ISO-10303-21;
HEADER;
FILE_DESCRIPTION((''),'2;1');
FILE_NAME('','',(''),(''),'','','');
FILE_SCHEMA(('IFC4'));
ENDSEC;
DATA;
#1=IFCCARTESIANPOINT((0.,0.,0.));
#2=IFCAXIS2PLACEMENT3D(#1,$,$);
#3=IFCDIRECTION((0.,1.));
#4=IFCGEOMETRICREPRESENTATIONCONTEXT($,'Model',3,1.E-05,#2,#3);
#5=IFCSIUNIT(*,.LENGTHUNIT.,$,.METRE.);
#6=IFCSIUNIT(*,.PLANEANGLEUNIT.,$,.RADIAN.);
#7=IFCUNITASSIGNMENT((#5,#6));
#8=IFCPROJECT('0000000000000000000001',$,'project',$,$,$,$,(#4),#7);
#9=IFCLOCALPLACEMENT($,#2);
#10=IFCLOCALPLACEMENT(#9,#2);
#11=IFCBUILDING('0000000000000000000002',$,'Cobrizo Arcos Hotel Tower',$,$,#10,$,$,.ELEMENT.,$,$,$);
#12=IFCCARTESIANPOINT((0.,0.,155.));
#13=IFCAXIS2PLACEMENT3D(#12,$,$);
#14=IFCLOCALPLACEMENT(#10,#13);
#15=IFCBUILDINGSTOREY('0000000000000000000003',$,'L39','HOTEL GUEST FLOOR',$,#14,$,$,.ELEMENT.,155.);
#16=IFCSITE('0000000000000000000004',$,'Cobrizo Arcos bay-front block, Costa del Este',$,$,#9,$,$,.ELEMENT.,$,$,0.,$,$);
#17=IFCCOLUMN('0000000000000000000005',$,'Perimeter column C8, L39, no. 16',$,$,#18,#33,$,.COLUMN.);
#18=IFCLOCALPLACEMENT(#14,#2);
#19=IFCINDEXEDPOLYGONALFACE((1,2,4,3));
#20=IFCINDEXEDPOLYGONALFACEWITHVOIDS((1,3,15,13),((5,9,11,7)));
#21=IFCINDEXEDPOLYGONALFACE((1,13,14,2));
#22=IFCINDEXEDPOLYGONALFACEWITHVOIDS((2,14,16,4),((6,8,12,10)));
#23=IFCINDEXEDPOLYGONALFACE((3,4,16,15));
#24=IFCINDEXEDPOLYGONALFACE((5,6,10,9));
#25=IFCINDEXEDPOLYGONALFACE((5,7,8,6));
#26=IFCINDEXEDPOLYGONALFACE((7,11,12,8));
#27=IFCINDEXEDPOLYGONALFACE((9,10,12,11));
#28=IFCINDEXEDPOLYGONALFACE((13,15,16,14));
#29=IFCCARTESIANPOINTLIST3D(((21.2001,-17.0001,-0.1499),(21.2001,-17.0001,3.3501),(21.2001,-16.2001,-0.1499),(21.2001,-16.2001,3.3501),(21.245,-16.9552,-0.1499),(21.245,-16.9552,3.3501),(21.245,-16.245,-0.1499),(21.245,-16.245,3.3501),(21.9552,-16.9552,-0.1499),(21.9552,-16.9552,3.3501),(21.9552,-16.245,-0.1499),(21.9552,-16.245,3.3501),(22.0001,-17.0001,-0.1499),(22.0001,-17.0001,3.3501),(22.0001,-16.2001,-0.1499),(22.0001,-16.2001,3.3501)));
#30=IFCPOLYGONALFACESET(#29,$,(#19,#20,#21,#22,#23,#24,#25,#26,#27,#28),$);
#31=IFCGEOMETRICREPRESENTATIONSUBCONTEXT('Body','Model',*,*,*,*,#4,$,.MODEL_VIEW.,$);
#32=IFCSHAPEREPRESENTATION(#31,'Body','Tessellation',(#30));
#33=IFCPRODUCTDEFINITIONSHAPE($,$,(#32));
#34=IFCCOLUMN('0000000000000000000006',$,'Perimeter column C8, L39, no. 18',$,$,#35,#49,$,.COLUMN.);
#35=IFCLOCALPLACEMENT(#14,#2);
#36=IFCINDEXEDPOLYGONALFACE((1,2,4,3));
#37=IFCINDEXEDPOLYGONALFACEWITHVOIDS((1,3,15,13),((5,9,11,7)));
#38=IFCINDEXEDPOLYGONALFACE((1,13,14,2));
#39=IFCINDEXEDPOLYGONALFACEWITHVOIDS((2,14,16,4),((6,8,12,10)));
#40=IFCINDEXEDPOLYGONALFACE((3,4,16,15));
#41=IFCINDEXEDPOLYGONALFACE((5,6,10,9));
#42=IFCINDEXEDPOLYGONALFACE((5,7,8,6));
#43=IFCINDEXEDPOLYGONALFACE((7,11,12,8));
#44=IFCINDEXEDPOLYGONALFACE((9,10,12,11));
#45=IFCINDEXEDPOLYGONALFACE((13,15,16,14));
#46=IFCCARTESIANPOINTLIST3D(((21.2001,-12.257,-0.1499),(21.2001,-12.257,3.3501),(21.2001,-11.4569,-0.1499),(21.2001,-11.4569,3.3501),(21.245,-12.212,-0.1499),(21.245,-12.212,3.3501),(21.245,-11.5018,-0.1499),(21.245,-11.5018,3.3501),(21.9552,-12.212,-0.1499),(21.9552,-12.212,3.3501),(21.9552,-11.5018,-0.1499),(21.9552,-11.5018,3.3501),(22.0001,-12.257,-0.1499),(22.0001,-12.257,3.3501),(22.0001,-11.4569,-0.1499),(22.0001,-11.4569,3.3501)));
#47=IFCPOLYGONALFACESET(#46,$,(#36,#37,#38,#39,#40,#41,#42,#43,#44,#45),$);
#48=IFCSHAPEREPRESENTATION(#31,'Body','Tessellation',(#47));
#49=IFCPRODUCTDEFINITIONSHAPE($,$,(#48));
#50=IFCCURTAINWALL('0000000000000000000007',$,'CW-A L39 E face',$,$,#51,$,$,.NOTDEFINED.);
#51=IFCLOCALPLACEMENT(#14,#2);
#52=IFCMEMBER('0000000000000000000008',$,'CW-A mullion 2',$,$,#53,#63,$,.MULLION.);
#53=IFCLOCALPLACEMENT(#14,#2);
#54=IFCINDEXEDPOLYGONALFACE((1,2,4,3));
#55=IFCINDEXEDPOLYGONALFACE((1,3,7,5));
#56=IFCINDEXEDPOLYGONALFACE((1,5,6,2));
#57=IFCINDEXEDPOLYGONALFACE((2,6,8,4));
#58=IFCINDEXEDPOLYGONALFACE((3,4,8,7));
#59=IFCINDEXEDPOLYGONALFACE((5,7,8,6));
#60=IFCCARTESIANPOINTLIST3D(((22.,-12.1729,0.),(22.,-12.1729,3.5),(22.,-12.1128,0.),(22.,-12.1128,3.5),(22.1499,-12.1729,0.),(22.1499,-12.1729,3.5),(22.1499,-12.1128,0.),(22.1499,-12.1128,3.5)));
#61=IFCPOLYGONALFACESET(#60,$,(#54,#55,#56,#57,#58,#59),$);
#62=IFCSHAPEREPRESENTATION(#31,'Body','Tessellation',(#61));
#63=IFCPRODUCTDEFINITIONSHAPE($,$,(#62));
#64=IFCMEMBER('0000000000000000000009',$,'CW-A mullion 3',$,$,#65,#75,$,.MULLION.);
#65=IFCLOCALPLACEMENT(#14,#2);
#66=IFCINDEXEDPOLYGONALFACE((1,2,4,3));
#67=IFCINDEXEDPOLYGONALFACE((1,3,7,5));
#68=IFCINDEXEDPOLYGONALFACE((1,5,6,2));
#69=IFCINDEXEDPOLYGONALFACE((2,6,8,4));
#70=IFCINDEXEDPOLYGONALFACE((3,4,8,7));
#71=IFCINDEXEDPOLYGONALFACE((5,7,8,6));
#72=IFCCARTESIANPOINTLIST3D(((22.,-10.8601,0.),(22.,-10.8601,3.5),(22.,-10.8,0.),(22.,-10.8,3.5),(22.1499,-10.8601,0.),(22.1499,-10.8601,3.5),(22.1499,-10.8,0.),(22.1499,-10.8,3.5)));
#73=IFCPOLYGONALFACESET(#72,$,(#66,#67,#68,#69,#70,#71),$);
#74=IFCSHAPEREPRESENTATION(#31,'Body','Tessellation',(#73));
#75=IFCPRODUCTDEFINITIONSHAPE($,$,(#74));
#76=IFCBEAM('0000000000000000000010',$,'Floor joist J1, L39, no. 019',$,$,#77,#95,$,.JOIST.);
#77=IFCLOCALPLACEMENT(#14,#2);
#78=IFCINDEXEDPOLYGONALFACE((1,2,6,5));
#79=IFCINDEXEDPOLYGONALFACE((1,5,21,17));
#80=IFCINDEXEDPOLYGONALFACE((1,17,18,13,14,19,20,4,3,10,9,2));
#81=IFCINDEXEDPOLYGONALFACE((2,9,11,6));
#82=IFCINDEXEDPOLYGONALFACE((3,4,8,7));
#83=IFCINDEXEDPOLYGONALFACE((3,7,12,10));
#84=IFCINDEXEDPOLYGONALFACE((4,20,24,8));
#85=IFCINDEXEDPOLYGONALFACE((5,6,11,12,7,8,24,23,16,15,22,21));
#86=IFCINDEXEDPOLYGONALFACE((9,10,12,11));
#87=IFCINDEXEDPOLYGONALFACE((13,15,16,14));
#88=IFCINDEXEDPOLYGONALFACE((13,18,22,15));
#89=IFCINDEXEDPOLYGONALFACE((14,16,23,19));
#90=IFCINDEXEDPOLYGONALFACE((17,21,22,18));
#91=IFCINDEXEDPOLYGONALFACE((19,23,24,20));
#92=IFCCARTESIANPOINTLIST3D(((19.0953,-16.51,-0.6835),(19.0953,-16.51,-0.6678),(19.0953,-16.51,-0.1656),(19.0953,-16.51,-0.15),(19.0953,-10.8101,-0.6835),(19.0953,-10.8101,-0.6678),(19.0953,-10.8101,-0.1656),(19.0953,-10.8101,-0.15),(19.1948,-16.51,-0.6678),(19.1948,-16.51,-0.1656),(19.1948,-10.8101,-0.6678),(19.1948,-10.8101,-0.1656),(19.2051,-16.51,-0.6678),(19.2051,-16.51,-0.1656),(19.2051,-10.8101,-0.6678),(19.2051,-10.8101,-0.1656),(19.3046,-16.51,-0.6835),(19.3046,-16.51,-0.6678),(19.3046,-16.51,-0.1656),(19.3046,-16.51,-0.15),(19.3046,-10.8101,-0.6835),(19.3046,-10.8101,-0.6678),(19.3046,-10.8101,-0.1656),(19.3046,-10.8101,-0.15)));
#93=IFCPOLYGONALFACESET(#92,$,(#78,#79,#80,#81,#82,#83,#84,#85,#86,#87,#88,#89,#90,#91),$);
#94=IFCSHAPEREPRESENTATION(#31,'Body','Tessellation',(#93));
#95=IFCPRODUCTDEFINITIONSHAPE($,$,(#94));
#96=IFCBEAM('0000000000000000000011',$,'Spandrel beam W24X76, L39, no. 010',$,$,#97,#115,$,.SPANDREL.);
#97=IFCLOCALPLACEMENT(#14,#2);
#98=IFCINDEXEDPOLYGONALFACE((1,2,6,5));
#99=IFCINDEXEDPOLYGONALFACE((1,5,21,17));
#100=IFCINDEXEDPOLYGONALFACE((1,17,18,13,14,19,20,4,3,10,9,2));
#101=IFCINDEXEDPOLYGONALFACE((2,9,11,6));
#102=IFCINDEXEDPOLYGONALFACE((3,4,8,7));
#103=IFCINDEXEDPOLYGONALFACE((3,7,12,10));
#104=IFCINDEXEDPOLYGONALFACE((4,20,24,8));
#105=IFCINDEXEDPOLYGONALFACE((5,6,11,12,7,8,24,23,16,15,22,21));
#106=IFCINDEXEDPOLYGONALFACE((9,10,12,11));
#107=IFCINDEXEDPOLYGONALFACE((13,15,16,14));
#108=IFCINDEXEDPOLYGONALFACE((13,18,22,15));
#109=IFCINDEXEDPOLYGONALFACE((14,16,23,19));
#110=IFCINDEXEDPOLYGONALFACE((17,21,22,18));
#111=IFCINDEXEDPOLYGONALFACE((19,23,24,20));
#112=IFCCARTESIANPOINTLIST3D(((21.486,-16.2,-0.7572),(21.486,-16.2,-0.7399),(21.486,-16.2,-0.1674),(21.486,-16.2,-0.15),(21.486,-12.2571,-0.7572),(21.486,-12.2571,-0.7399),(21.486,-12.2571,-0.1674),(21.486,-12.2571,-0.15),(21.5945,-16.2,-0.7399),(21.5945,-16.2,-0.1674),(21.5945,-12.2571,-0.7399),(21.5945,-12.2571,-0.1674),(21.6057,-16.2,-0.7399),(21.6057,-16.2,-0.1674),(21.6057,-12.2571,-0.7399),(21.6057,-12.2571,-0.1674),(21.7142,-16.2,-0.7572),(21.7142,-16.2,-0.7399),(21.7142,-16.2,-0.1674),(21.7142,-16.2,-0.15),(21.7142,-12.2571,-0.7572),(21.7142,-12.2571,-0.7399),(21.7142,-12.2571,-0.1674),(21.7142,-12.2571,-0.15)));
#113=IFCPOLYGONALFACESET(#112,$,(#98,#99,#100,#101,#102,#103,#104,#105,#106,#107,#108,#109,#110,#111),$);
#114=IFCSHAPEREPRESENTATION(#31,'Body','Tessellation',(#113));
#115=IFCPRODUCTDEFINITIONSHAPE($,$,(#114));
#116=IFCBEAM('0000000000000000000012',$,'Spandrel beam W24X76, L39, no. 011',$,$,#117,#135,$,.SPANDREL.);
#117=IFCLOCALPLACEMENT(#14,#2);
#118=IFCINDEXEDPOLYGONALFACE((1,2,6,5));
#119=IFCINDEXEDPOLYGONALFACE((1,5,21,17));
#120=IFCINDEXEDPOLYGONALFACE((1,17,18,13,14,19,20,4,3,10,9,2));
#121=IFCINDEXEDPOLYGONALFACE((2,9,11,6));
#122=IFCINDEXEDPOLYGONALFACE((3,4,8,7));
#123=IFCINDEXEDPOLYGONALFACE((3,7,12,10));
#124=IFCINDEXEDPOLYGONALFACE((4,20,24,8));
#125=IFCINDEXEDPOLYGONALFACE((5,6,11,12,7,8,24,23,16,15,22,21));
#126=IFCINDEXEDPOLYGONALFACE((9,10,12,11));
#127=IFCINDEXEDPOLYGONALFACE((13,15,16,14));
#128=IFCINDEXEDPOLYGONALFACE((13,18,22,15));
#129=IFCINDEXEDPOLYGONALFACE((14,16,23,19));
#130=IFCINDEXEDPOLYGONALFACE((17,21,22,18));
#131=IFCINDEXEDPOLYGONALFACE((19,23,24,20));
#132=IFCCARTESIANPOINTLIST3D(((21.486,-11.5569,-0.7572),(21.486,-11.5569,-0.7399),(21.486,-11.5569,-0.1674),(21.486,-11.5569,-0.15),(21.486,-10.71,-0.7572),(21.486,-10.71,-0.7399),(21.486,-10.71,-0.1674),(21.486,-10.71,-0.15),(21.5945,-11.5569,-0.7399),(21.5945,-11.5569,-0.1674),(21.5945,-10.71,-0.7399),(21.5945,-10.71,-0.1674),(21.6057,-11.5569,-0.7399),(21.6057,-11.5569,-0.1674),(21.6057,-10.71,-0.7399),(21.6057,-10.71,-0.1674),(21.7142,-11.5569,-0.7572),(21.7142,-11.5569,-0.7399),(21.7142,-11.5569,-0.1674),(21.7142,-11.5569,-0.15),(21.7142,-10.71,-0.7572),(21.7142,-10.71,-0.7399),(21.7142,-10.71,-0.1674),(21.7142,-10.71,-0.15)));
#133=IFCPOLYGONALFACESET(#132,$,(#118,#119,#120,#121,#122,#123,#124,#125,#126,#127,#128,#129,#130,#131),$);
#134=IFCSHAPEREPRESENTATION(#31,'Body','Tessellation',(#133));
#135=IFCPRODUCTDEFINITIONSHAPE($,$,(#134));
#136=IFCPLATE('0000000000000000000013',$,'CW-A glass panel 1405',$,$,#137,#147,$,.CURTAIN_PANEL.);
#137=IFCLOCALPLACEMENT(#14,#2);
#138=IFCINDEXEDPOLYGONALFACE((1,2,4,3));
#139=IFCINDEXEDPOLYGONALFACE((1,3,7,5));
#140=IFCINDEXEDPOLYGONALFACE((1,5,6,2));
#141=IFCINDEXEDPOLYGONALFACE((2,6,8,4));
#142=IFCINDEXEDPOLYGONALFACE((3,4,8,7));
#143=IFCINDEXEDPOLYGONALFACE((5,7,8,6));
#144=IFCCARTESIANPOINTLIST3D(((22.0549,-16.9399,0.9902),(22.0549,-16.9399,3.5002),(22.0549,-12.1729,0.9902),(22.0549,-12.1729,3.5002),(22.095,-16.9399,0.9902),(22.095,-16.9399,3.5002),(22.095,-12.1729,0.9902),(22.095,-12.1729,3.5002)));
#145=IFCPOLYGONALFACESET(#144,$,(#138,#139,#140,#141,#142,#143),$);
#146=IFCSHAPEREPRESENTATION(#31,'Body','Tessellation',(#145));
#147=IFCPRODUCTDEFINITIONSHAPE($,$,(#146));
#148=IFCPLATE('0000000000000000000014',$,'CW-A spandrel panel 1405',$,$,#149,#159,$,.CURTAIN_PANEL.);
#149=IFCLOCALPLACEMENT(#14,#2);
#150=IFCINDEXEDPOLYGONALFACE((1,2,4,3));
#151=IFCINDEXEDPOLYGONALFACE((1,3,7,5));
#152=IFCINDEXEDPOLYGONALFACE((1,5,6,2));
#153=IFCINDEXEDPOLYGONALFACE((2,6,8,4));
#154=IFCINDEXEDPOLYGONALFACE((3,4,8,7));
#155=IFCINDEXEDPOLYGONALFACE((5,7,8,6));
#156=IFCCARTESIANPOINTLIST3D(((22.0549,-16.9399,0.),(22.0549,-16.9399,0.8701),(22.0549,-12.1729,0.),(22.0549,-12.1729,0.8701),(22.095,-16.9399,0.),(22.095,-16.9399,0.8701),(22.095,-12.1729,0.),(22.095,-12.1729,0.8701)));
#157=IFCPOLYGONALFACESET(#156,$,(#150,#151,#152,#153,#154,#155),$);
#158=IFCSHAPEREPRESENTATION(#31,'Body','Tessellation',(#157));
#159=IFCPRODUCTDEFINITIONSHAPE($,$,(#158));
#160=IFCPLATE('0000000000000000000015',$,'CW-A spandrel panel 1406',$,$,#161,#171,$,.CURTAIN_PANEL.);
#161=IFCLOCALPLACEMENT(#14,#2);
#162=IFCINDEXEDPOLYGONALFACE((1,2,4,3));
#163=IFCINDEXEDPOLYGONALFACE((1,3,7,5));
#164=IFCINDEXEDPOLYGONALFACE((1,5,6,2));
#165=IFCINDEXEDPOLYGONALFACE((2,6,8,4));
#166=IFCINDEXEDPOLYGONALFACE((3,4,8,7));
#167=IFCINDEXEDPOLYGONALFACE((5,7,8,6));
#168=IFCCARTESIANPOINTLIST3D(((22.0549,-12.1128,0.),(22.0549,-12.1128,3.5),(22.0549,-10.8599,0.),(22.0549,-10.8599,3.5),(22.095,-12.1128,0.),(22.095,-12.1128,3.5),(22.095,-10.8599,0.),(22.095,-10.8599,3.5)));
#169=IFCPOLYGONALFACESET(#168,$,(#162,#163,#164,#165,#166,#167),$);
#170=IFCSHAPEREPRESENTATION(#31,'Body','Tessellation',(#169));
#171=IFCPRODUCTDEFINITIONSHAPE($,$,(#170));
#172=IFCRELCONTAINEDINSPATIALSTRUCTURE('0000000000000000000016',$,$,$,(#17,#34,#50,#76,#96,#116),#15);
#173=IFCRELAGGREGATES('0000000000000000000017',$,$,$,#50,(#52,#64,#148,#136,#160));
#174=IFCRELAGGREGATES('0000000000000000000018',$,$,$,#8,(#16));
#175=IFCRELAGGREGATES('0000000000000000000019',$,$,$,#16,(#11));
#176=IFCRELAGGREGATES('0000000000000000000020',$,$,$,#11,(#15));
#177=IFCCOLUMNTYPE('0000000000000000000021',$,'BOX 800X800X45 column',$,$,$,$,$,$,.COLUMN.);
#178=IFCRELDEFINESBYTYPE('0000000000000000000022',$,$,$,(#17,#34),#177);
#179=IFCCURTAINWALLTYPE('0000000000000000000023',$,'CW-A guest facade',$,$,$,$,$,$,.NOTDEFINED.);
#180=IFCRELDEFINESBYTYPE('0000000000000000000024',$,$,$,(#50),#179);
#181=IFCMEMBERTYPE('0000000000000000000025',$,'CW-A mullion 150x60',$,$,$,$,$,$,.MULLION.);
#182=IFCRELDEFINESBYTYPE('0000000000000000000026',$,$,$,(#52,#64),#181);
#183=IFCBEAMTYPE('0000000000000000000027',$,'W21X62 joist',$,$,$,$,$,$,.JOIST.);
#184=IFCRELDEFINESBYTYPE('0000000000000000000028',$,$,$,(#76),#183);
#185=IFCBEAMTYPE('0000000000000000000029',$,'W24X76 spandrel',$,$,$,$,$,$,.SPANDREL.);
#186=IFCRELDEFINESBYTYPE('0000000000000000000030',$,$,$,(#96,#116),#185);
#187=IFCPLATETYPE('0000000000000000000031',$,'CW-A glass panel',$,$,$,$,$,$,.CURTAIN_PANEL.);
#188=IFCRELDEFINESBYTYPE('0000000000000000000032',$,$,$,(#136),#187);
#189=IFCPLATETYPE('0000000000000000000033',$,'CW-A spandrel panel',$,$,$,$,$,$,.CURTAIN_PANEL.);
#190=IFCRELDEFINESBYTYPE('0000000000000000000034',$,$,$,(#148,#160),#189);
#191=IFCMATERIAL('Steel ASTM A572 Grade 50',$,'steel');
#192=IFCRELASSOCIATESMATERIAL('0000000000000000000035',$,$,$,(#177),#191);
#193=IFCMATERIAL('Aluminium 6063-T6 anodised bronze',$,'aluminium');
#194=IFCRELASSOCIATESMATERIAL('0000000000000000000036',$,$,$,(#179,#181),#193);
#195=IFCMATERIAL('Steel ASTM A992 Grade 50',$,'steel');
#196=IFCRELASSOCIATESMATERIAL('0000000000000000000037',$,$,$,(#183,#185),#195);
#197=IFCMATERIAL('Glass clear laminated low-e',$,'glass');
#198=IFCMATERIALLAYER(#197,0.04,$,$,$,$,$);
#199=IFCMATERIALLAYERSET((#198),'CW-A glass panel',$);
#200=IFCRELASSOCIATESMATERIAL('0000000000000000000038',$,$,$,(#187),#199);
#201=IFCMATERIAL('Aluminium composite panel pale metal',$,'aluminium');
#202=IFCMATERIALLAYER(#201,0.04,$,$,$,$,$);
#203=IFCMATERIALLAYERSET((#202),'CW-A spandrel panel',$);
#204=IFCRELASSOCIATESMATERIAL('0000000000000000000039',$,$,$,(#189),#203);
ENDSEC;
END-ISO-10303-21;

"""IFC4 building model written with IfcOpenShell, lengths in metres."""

from ifc_helpers import new_model, si_unit, direction, frame, origin, origin_2d, place, context, subcontext, project, spatial, rectangle, hollow_rectangle, i_section, extrude, material, layer, layer_set, material_profile, profile_set, type_object, element, aggregate, save


model = new_model("IFC4")

# Units and contexts
model_context = context("Model", 3, precision=1e-05, world=origin(), true_north=direction((0.0, 1.0)))
body_context = subcontext(model_context, "Body", "Model", "MODEL_VIEW")
ifc_project = project(units=[si_unit("LENGTHUNIT", "METRE"), si_unit("PLANEANGLEUNIT", "RADIAN")], contexts=[model_context])

# Site, building, storey
site_placement = place(None, origin())
site = spatial("IfcSite", under=ifc_project, at=site_placement, Name="Cobrizo Arcos bay-front block, Costa del Este", CompositionType="ELEMENT", RefElevation=0.0)
building_placement = place(site_placement, origin())
building = spatial("IfcBuilding", under=site, at=building_placement, Name="Cobrizo Arcos Hotel Tower", CompositionType="ELEMENT")
storey_placement = place(building_placement, frame((0.0, 0.0, 155.0)))
storey = spatial("IfcBuildingStorey", under=building, at=storey_placement, Name="L39", Description="HOTEL GUEST FLOOR", CompositionType="ELEMENT", Elevation=155.0)

# Columns
ifc_material_1 = material(Name="Steel ASTM A572 Grade 50", Category="steel")
ifc_material_profile_1 = material_profile(ifc_material_1, hollow_rectangle(XDim=0.8, YDim=0.8, WallThickness=0.0449, at=origin_2d()), Name="BOX 800X800X45")
ifc_profile_set_1 = profile_set([ifc_material_profile_1], Name="Steel ASTM A572 Grade 50")
column_type = type_object("IfcColumnType", Name="BOX 800X800X45 column", PredefinedType="COLUMN", material=ifc_profile_set_1)
for number, where, z_axis, x_axis, name in (
    (1, (21.6001, -16.6001, -0.1499), (0.0, 0.0, 1.0), (1.0, 0.0, 0.0), "Perimeter column C8, L39, no. 16"),
    (2, (21.6001, -11.8569, -0.1499), (0.0, 0.0, 1.0), (1.0, 0.0, 0.0), "Perimeter column C8, L39, no. 18"),
):
    element("IfcColumn", number, at=place(storey_placement, frame(where, z_axis=z_axis, x_axis=x_axis)), inside=storey, type_object=column_type, Name=name, PredefinedType="COLUMN", context=body_context, shape_type="SweptSolid", body=[
        extrude(hollow_rectangle(XDim=0.8, YDim=0.8, WallThickness=0.0449, at=origin_2d()), origin(), (0.0, 0.0, 1.0), 3.5),
    ])

# Curtain wall, members
ifc_material_2 = material(Name="Aluminium 6063-T6 anodised bronze", Category="aluminium")
curtain_wall_type = type_object("IfcCurtainWallType", Name="CW-A guest facade", PredefinedType="NOTDEFINED", material=ifc_material_2)
curtain_wall_placement = place(storey_placement, origin())
curtain_wall = element("IfcCurtainWall", 3, at=curtain_wall_placement, inside=storey, type_object=curtain_wall_type, Name="CW-A L39 E face", PredefinedType="NOTDEFINED")
ifc_material_profile_2 = material_profile(ifc_material_2, rectangle(XDim=0.1499, YDim=0.0601, at=origin_2d()), Name="CW-A mullion 150x60")
ifc_profile_set_2 = profile_set([ifc_material_profile_2], Name="Aluminium 6063-T6 anodised bronze")
member_type = type_object("IfcMemberType", Name="CW-A mullion 150x60", PredefinedType="MULLION", material=ifc_profile_set_2)
member_1_placement = place(storey_placement, frame((22.075, -12.1428, 0.0), z_axis=(0.0, 0.0, 1.0), x_axis=(1.0, 0.0, 0.0)))
member_1 = element("IfcMember", 4, at=member_1_placement, type_object=member_type, Name="CW-A mullion 2", PredefinedType="MULLION", context=body_context, shape_type="SweptSolid", body=[
    extrude(rectangle(XDim=0.1499, YDim=0.0601, at=origin_2d()), origin(), (0.0, 0.0, 1.0), 3.5),
])
member_2_placement = place(storey_placement, frame((22.075, -10.8301, 0.0), z_axis=(0.0, 0.0, 1.0), x_axis=(1.0, 0.0, 0.0)))
member_2 = element("IfcMember", 5, at=member_2_placement, type_object=member_type, Name="CW-A mullion 3", PredefinedType="MULLION", context=body_context, shape_type="SweptSolid", body=[
    extrude(rectangle(XDim=0.1499, YDim=0.0601, at=origin_2d()), origin(), (0.0, 0.0, 1.0), 3.5),
])

# Beams
ifc_material_3 = material(Name="Steel ASTM A992 Grade 50", Category="steel")
ifc_material_profile_3 = material_profile(ifc_material_3, i_section(OverallWidth=0.2092, OverallDepth=0.5334, WebThickness=0.0103, FlangeThickness=0.0156, at=origin_2d()), Name="W21X62")
ifc_profile_set_3 = profile_set([ifc_material_profile_3], Name="Steel ASTM A992 Grade 50")
beam_type_1 = type_object("IfcBeamType", Name="W21X62 joist", PredefinedType="JOIST", material=ifc_profile_set_3)
beam_1_placement = place(storey_placement, frame((19.2, -16.51, -0.4167), z_axis=(0.0, 1.0, 0.0), x_axis=(-1.0, 0.0, 0.0)))
element("IfcBeam", 6, at=beam_1_placement, inside=storey, type_object=beam_type_1, Name="Floor joist J1, L39, no. 019", PredefinedType="JOIST", context=body_context, shape_type="SweptSolid", body=[
    extrude(i_section(OverallWidth=0.2092, OverallDepth=0.5334, WebThickness=0.0103, FlangeThickness=0.0156, at=origin_2d()), origin(), (0.0, 0.0, 1.0), 5.7),
])
ifc_material_profile_4 = material_profile(ifc_material_3, i_section(OverallWidth=0.2283, OverallDepth=0.6072, WebThickness=0.0112, FlangeThickness=0.0173, at=origin_2d()), Name="W24X76")
ifc_profile_set_4 = profile_set([ifc_material_profile_4], Name="Steel ASTM A992 Grade 50")
beam_type_2 = type_object("IfcBeamType", Name="W24X76 spandrel", PredefinedType="SPANDREL", material=ifc_profile_set_4)
beam_2_placement = place(storey_placement, frame((21.6001, -16.2, -0.4536), z_axis=(0.0, 1.0, 0.0), x_axis=(-1.0, 0.0, 0.0)))
element("IfcBeam", 7, at=beam_2_placement, inside=storey, type_object=beam_type_2, Name="Spandrel beam W24X76, L39, no. 010", PredefinedType="SPANDREL", context=body_context, shape_type="SweptSolid", body=[
    extrude(i_section(OverallWidth=0.2283, OverallDepth=0.6072, WebThickness=0.0112, FlangeThickness=0.0173, at=origin_2d()), origin(), (0.0, 0.0, 1.0), 3.9429),
])
beam_3_placement = place(storey_placement, frame((21.6001, -11.5569, -0.4536), z_axis=(0.0, 1.0, 0.0), x_axis=(-1.0, 0.0, 0.0)))
element("IfcBeam", 8, at=beam_3_placement, inside=storey, type_object=beam_type_2, Name="Spandrel beam W24X76, L39, no. 011", PredefinedType="SPANDREL", context=body_context, shape_type="SweptSolid", body=[
    extrude(i_section(OverallWidth=0.2283, OverallDepth=0.6072, WebThickness=0.0112, FlangeThickness=0.0173, at=origin_2d()), origin(), (0.0, 0.0, 1.0), 0.8469),
])

# Plates
ifc_material_4 = material(Name="Glass clear laminated low-e", Category="glass")
ifc_layer_1 = layer(ifc_material_4, 0.04)
ifc_layer_set_1 = layer_set([ifc_layer_1], Name="CW-A glass panel")
plate_type_1 = type_object("IfcPlateType", Name="CW-A glass panel", PredefinedType="CURTAIN_PANEL", material=ifc_layer_set_1)
plate_1_placement = place(storey_placement, frame((22.075, -14.5564, 0.9902), z_axis=(0.0, 0.0, 1.0), x_axis=(0.0, 1.0, 0.0)))
plate_1 = element("IfcPlate", 9, at=plate_1_placement, type_object=plate_type_1, Name="CW-A glass panel 1405", PredefinedType="CURTAIN_PANEL", context=body_context, shape_type="SweptSolid", body=[
    extrude(rectangle(XDim=4.7671, YDim=0.04, at=origin_2d()), origin(), (0.0, 0.0, 1.0), 2.51),
])
ifc_material_5 = material(Name="Aluminium composite panel pale metal", Category="aluminium")
ifc_layer_2 = layer(ifc_material_5, 0.04)
ifc_layer_set_2 = layer_set([ifc_layer_2], Name="CW-A spandrel panel")
plate_type_2 = type_object("IfcPlateType", Name="CW-A spandrel panel", PredefinedType="CURTAIN_PANEL", material=ifc_layer_set_2)
plate_2_placement = place(storey_placement, frame((22.075, -14.5564, 0.0), z_axis=(0.0, 0.0, 1.0), x_axis=(0.0, 1.0, 0.0)))
plate_2 = element("IfcPlate", 10, at=plate_2_placement, type_object=plate_type_2, Name="CW-A spandrel panel 1405", PredefinedType="CURTAIN_PANEL", context=body_context, shape_type="SweptSolid", body=[
    extrude(rectangle(XDim=4.7671, YDim=0.04, at=origin_2d()), origin(), (0.0, 0.0, 1.0), 0.8701),
])
plate_3_placement = place(storey_placement, frame((22.075, -11.4863, 0.0), z_axis=(0.0, 0.0, 1.0), x_axis=(0.0, 1.0, 0.0)))
plate_3 = element("IfcPlate", 11, at=plate_3_placement, type_object=plate_type_2, Name="CW-A spandrel panel 1406", PredefinedType="CURTAIN_PANEL", context=body_context, shape_type="SweptSolid", body=[
    extrude(rectangle(XDim=1.2529, YDim=0.04, at=origin_2d()), origin(), (0.0, 0.0, 1.0), 3.5),
])
aggregate(curtain_wall, [member_1, member_2, plate_2, plate_1, plate_3])

save(model, "model.ifc")
